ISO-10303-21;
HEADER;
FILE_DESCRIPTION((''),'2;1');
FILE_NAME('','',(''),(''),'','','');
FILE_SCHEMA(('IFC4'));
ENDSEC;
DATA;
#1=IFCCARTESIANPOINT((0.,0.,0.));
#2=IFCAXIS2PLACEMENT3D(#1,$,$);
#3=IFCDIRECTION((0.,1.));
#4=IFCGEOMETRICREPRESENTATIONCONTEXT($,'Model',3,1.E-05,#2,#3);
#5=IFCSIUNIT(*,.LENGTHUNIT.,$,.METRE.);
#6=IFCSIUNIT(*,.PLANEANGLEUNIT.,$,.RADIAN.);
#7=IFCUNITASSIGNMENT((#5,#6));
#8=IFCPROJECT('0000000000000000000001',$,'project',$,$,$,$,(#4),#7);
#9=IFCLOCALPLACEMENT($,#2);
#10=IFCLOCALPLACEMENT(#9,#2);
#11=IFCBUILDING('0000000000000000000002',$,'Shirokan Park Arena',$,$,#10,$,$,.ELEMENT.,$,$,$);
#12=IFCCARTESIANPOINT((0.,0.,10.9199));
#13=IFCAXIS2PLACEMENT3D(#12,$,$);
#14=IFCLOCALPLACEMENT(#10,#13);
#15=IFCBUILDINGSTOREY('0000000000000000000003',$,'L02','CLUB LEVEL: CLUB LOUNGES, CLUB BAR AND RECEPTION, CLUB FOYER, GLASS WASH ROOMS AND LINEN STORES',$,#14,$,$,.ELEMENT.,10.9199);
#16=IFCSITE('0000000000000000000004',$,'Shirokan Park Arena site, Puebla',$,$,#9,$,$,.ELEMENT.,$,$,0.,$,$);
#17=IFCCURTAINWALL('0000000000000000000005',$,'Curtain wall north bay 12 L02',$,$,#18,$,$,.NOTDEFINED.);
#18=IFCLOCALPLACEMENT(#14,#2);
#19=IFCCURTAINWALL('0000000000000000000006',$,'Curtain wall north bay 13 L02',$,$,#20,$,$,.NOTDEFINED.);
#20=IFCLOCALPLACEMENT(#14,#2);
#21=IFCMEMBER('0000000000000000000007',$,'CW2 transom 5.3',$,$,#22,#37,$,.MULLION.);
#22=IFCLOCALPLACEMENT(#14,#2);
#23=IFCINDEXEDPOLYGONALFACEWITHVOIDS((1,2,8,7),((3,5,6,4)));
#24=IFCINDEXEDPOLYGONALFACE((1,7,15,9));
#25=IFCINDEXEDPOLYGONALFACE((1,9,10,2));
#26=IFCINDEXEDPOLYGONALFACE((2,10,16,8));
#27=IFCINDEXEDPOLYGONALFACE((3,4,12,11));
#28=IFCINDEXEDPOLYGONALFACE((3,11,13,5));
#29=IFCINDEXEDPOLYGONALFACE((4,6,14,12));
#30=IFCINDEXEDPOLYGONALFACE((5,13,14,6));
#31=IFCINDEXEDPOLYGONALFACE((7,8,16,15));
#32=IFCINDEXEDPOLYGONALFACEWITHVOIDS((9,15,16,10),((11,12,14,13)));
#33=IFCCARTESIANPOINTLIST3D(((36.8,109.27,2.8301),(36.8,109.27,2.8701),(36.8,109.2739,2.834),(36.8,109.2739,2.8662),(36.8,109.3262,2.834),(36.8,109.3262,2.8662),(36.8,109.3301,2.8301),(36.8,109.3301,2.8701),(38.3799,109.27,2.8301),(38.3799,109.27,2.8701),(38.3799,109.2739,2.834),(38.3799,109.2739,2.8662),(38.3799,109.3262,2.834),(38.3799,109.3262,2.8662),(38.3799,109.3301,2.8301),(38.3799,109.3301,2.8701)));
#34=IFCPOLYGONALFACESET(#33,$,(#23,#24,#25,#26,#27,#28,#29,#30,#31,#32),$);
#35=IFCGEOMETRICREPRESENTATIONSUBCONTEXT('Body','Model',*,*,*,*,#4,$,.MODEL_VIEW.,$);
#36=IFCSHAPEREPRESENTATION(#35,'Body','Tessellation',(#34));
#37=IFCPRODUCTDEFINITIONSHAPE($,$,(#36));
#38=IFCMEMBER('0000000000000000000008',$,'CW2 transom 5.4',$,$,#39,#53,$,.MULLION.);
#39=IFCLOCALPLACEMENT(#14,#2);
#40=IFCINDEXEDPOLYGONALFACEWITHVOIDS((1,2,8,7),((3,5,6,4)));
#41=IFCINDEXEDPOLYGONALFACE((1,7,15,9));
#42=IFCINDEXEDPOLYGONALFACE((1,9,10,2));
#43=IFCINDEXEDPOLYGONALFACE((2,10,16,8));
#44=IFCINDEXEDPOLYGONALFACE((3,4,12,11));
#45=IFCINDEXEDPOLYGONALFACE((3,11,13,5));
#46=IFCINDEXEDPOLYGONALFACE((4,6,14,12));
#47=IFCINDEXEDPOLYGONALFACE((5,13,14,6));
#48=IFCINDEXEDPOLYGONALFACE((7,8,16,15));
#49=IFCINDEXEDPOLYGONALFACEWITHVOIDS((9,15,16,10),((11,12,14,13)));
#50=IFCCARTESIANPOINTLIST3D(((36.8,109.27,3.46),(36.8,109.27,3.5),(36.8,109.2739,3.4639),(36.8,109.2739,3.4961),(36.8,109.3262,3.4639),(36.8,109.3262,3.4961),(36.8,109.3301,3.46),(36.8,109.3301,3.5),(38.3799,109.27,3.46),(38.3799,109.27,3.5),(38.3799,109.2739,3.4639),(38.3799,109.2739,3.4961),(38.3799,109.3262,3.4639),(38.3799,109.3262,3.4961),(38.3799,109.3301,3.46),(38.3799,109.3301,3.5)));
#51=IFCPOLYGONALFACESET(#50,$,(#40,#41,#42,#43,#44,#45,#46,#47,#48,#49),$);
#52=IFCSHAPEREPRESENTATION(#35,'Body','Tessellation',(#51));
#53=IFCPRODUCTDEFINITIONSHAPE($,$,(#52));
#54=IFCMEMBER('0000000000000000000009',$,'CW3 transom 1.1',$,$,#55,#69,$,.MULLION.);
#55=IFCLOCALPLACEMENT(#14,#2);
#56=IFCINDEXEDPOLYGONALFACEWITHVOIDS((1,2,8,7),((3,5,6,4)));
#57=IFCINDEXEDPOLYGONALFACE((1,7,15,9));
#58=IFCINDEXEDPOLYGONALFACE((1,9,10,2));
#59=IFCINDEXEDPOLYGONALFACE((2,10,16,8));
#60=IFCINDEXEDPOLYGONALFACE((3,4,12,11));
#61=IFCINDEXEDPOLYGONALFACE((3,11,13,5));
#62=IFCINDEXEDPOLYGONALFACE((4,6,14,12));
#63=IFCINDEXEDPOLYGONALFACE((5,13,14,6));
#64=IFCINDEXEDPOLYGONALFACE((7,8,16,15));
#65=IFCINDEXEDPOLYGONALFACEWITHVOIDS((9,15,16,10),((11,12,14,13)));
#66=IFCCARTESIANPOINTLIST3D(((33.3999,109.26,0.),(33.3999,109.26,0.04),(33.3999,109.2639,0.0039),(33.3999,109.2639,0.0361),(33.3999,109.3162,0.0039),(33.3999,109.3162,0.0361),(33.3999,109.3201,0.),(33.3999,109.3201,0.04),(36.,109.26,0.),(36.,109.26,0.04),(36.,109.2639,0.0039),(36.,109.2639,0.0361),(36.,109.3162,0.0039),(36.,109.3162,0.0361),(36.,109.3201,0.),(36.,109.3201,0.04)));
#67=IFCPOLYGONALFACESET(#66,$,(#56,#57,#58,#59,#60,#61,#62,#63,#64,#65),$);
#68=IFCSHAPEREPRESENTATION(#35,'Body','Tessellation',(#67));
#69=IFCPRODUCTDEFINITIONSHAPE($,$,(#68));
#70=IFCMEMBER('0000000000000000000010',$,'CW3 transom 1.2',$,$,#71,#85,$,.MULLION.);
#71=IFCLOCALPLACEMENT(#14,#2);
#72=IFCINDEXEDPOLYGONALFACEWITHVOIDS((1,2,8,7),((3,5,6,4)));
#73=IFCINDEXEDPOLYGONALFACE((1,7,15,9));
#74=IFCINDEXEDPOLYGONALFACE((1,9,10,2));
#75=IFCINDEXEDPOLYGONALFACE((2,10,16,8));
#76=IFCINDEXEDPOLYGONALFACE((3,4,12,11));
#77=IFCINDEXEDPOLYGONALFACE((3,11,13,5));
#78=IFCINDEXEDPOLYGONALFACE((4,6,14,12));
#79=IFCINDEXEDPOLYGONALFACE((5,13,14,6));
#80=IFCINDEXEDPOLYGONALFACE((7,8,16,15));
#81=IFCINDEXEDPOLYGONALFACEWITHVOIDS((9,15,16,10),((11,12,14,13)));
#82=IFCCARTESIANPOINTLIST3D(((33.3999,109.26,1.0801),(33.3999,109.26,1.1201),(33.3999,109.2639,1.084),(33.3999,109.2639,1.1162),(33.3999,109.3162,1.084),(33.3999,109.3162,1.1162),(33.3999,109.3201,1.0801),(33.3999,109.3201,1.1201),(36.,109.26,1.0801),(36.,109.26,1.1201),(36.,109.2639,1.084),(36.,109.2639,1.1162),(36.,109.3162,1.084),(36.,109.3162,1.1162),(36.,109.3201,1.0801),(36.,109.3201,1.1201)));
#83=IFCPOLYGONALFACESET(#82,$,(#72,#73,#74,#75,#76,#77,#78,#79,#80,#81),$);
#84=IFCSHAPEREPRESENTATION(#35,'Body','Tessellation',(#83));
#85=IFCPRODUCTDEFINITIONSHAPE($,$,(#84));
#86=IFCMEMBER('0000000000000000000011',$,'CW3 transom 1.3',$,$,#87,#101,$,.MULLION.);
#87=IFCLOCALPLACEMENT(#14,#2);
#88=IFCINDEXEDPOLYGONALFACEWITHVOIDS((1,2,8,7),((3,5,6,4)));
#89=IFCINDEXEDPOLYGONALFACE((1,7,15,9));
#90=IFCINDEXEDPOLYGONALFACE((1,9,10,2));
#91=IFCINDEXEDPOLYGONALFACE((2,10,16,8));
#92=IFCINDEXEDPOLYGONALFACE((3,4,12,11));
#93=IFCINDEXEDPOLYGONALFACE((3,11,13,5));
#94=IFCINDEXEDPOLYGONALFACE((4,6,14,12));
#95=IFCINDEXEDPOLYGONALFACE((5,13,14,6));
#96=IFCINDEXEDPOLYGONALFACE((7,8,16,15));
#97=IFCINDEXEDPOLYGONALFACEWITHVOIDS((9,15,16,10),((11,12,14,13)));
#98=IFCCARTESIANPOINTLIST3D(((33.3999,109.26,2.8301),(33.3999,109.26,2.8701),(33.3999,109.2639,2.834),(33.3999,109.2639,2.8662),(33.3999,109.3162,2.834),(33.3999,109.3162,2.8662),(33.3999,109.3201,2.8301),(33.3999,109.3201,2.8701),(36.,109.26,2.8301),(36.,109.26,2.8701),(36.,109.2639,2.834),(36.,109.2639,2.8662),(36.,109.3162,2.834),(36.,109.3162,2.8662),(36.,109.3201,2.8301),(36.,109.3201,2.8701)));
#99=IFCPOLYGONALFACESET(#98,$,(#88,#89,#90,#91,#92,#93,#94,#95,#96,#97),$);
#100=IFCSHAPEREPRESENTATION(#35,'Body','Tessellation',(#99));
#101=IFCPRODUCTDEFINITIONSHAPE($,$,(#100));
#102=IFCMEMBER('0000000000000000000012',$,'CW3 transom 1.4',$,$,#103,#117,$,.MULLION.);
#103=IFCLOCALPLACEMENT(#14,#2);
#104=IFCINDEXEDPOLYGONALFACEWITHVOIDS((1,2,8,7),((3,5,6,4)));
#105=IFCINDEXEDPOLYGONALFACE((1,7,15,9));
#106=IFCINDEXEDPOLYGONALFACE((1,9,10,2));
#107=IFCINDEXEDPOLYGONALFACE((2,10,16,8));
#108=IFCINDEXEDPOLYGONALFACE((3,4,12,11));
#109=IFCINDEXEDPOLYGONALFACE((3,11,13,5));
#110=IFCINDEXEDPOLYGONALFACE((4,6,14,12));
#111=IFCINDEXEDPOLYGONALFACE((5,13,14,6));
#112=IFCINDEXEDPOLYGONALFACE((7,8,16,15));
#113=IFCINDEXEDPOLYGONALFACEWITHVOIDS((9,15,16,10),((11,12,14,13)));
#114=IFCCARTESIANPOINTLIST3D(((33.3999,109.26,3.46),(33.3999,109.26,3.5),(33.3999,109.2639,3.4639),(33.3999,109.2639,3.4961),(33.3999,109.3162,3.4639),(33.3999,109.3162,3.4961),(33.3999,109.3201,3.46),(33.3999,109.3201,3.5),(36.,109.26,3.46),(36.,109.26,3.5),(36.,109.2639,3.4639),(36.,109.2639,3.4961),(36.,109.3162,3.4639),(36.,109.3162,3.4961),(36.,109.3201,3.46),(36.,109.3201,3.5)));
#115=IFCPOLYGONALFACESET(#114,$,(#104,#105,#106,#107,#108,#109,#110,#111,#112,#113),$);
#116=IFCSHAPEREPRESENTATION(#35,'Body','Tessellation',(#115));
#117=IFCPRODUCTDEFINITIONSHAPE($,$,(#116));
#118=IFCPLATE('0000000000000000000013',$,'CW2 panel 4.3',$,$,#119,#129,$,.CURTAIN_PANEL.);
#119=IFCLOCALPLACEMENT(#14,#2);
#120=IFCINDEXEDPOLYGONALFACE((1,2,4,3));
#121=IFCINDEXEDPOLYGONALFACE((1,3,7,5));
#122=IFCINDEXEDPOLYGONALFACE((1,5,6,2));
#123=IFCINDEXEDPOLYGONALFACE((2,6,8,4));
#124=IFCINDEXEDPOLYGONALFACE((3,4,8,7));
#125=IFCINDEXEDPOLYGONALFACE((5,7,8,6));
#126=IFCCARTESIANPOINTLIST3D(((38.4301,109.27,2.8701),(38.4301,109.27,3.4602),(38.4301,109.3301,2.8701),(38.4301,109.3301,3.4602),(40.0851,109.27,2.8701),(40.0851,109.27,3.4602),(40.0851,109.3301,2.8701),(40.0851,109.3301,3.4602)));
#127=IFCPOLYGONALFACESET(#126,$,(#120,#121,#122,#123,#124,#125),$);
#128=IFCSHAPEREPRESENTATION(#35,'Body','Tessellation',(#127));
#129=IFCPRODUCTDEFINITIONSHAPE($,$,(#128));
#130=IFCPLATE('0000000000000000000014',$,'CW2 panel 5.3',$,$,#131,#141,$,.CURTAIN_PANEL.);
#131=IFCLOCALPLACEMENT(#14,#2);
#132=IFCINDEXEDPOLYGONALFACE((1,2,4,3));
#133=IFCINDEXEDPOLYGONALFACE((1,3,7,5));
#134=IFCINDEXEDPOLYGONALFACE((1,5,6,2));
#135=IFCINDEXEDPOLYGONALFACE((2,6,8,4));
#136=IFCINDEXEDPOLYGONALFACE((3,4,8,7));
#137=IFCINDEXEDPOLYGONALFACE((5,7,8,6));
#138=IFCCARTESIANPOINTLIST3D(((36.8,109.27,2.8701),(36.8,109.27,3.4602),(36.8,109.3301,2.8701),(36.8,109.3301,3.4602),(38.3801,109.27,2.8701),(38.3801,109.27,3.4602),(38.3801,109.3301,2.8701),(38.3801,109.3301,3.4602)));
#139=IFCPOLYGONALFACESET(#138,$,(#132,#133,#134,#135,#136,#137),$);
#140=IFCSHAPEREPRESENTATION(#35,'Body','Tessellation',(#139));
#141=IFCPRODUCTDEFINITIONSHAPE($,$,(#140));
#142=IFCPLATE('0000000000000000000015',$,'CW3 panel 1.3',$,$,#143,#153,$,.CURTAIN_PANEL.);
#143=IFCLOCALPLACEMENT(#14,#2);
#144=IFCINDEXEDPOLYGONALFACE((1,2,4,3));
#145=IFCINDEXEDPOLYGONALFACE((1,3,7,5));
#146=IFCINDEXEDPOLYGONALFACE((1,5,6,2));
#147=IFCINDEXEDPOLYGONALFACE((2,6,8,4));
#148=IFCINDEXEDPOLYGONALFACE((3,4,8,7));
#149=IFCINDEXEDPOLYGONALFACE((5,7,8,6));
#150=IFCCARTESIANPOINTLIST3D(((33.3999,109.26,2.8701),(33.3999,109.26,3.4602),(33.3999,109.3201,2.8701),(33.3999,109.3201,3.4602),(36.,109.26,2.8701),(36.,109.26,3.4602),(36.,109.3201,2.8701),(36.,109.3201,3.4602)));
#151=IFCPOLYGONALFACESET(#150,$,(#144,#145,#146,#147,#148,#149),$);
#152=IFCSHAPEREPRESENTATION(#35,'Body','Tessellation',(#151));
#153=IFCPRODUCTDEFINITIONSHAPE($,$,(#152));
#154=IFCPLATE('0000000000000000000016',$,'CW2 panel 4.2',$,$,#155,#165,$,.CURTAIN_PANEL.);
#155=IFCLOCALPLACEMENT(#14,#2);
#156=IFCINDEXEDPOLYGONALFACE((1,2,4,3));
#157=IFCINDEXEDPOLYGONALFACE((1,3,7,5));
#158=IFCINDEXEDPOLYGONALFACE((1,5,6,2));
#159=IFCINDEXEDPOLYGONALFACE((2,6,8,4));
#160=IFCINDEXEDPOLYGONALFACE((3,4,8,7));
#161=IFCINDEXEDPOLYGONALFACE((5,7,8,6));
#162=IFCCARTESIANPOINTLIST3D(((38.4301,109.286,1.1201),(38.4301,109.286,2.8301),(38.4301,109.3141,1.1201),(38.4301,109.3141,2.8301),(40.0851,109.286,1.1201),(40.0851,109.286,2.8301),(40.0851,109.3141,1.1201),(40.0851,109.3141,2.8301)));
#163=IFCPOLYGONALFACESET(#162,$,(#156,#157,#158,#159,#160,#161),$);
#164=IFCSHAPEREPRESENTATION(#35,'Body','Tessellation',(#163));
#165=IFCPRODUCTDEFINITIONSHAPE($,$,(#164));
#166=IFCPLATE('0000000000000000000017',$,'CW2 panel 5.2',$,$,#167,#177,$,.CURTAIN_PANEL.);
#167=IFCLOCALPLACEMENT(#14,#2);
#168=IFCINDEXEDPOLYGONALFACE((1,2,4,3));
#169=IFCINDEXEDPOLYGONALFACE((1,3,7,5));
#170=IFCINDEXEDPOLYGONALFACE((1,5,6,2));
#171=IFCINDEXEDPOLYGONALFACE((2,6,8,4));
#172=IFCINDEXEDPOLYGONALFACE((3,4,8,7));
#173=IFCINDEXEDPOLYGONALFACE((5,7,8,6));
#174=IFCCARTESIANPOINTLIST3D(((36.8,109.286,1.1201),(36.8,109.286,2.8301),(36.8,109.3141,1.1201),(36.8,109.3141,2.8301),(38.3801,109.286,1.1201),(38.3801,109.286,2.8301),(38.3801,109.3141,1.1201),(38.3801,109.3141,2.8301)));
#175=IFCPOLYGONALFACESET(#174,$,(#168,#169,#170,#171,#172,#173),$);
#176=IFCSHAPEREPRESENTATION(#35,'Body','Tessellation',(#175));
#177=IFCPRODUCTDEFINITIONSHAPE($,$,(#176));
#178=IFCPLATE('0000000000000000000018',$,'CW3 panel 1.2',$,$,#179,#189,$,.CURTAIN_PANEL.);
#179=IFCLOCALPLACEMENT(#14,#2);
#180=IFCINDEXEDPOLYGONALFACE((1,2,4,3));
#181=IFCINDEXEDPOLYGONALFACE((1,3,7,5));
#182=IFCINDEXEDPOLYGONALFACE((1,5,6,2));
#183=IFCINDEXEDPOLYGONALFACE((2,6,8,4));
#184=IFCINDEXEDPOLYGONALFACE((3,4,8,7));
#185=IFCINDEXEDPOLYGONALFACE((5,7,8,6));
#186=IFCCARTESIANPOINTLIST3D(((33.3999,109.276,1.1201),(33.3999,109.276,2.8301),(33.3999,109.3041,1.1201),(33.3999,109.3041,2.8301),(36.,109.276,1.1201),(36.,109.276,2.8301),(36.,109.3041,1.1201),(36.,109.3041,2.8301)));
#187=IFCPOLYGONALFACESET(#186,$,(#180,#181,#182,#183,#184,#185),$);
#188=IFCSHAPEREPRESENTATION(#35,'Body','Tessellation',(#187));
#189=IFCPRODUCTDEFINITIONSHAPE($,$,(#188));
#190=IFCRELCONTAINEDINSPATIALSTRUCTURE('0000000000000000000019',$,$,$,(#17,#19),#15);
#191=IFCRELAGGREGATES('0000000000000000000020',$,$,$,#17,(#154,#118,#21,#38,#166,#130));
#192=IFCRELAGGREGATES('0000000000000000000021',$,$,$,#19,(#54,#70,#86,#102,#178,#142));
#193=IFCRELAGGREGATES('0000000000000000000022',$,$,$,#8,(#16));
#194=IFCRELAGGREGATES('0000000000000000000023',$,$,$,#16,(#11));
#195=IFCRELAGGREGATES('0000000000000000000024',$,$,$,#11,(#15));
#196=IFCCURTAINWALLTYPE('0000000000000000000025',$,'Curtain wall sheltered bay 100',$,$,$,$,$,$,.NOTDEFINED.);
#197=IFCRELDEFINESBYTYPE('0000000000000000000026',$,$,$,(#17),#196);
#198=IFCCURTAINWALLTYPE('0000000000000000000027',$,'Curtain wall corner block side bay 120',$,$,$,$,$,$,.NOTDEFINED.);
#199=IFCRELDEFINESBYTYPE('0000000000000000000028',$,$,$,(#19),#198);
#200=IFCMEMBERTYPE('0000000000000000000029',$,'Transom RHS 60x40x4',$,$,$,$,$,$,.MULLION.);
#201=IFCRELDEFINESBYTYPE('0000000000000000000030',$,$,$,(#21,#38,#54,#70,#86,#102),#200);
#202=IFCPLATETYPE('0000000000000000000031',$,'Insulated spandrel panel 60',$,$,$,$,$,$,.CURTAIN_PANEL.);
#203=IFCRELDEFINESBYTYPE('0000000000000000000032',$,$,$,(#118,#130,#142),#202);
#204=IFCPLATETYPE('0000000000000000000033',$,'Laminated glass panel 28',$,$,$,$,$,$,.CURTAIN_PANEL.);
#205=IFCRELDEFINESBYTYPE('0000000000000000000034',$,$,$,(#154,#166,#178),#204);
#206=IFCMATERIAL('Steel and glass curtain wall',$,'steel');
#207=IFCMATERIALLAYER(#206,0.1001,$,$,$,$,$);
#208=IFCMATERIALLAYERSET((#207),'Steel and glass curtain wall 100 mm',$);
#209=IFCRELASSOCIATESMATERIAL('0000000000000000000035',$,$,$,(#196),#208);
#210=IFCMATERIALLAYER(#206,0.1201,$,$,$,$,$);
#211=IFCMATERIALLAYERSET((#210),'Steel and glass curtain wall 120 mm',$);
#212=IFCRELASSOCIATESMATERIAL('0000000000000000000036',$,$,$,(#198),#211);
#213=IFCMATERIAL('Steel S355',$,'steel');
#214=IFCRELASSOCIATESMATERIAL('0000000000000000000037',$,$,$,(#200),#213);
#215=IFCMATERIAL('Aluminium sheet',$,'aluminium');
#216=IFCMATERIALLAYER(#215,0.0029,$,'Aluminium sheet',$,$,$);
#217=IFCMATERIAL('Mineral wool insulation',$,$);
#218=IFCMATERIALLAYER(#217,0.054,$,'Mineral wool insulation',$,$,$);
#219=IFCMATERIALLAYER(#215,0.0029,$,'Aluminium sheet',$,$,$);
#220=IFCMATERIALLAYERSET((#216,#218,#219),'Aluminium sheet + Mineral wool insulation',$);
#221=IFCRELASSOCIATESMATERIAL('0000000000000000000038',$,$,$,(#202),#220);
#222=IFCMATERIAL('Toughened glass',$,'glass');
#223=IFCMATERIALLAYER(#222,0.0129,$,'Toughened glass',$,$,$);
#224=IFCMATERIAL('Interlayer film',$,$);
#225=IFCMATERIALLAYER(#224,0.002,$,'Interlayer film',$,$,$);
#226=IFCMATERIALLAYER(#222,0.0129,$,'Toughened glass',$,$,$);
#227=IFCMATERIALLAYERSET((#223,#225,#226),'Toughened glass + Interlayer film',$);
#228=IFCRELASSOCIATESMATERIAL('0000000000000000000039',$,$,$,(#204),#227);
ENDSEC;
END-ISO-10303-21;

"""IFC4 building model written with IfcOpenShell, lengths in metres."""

from ifc_helpers import new_model, si_unit, direction, frame, origin, origin_2d, place, context, subcontext, project, spatial, rectangle, hollow_rectangle, extrude, material, layer, layer_set, material_profile, profile_set, type_object, element, aggregate, save


model = new_model("IFC4")

# Units and contexts
model_context = context("Model", 3, precision=1e-05, world=origin(), true_north=direction((0.0, 1.0)))
body_context = subcontext(model_context, "Body", "Model", "MODEL_VIEW")
ifc_project = project(units=[si_unit("LENGTHUNIT", "METRE"), si_unit("PLANEANGLEUNIT", "RADIAN")], contexts=[model_context])

# Site, building, storey
site_placement = place(None, origin())
site = spatial("IfcSite", under=ifc_project, at=site_placement, Name="Shirokan Park Arena site, Puebla", CompositionType="ELEMENT", RefElevation=0.0)
building_placement = place(site_placement, origin())
building = spatial("IfcBuilding", under=site, at=building_placement, Name="Shirokan Park Arena", CompositionType="ELEMENT")
storey_placement = place(building_placement, frame((0.0, 0.0, 10.9199)))
storey = spatial("IfcBuildingStorey", under=building, at=storey_placement, Name="L02", Description="CLUB LEVEL: CLUB LOUNGES, CLUB BAR AND RECEPTION, CLUB FOYER, GLASS WASH ROOMS AND LINEN STORES", CompositionType="ELEMENT", Elevation=10.9199)

# Curtain walls
ifc_material_1 = material(Name="Steel and glass curtain wall", Category="steel")
ifc_layer_1 = layer(ifc_material_1, 0.1001)
ifc_layer_set_1 = layer_set([ifc_layer_1], Name="Steel and glass curtain wall 100 mm")
curtain_wall_type_1 = type_object("IfcCurtainWallType", Name="Curtain wall sheltered bay 100", PredefinedType="NOTDEFINED", material=ifc_layer_set_1)
curtain_wall_1_placement = place(storey_placement, origin())
curtain_wall_1 = element("IfcCurtainWall", 1, at=curtain_wall_1_placement, inside=storey, type_object=curtain_wall_type_1, Name="Curtain wall north bay 12 L02", PredefinedType="NOTDEFINED")
ifc_material_2 = material(Name="Steel S355", Category="steel")
ifc_layer_2 = layer(ifc_material_1, 0.1201)
ifc_layer_set_2 = layer_set([ifc_layer_2], Name="Steel and glass curtain wall 120 mm")
curtain_wall_type_2 = type_object("IfcCurtainWallType", Name="Curtain wall corner block side bay 120", PredefinedType="NOTDEFINED", material=ifc_layer_set_2)
curtain_wall_2_placement = place(storey_placement, origin())
curtain_wall_2 = element("IfcCurtainWall", 2, at=curtain_wall_2_placement, inside=storey, type_object=curtain_wall_type_2, Name="Curtain wall north bay 13 L02", PredefinedType="NOTDEFINED")

# Members
ifc_material_profile_1 = material_profile(ifc_material_2, hollow_rectangle(XDim=0.0601, YDim=0.04, WallThickness=0.0039, at=origin_2d()), Name="RHS 60x40x4")
ifc_profile_set_1 = profile_set([ifc_material_profile_1], Name="Steel S355")
member_type_1 = type_object("IfcMemberType", Name="Transom RHS 60x40x4", PredefinedType="MULLION", material=ifc_profile_set_1)
member_1_placement = place(storey_placement, frame((38.3799, 109.3, 2.8501), z_axis=(-1.0, 0.0, 0.0), x_axis=(0.0, -1.0, 0.0)))
member_1 = element("IfcMember", 3, at=member_1_placement, type_object=member_type_1, Name="CW2 transom 5.3", PredefinedType="MULLION", context=body_context, shape_type="SweptSolid", body=[
    extrude(hollow_rectangle(XDim=0.0601, YDim=0.04, WallThickness=0.0039, at=origin_2d()), origin(), (0.0, 0.0, 1.0), 1.5798),
])
member_2_placement = place(storey_placement, frame((38.3799, 109.3, 3.48), z_axis=(-1.0, 0.0, 0.0), x_axis=(0.0, -1.0, 0.0)))
member_2 = element("IfcMember", 4, at=member_2_placement, type_object=member_type_1, Name="CW2 transom 5.4", PredefinedType="MULLION", context=body_context, shape_type="SweptSolid", body=[
    extrude(hollow_rectangle(XDim=0.0601, YDim=0.04, WallThickness=0.0039, at=origin_2d()), origin(), (0.0, 0.0, 1.0), 1.5798),
])
member_3_placement = place(storey_placement, frame((36.0, 109.29, 0.02), z_axis=(-1.0, 0.0, 0.0), x_axis=(0.0, -1.0, 0.0)))
member_3 = element("IfcMember", 5, at=member_3_placement, type_object=member_type_1, Name="CW3 transom 1.1", PredefinedType="MULLION", context=body_context, shape_type="SweptSolid", body=[
    extrude(hollow_rectangle(XDim=0.0601, YDim=0.04, WallThickness=0.0039, at=origin_2d()), origin(), (0.0, 0.0, 1.0), 2.6001),
])
member_4_placement = place(storey_placement, frame((36.0, 109.29, 1.1001), z_axis=(-1.0, 0.0, 0.0), x_axis=(0.0, -1.0, 0.0)))
member_4 = element("IfcMember", 6, at=member_4_placement, type_object=member_type_1, Name="CW3 transom 1.2", PredefinedType="MULLION", context=body_context, shape_type="SweptSolid", body=[
    extrude(hollow_rectangle(XDim=0.0601, YDim=0.04, WallThickness=0.0039, at=origin_2d()), origin(), (0.0, 0.0, 1.0), 2.6001),
])
member_5_placement = place(storey_placement, frame((36.0, 109.29, 2.8501), z_axis=(-1.0, 0.0, 0.0), x_axis=(0.0, -1.0, 0.0)))
member_5 = element("IfcMember", 7, at=member_5_placement, type_object=member_type_1, Name="CW3 transom 1.3", PredefinedType="MULLION", context=body_context, shape_type="SweptSolid", body=[
    extrude(hollow_rectangle(XDim=0.0601, YDim=0.04, WallThickness=0.0039, at=origin_2d()), origin(), (0.0, 0.0, 1.0), 2.6001),
])
member_6_placement = place(storey_placement, frame((36.0, 109.29, 3.48), z_axis=(-1.0, 0.0, 0.0), x_axis=(0.0, -1.0, 0.0)))
member_6 = element("IfcMember", 8, at=member_6_placement, type_object=member_type_1, Name="CW3 transom 1.4", PredefinedType="MULLION", context=body_context, shape_type="SweptSolid", body=[
    extrude(hollow_rectangle(XDim=0.0601, YDim=0.04, WallThickness=0.0039, at=origin_2d()), origin(), (0.0, 0.0, 1.0), 2.6001),
])

# Plates
ifc_material_3 = material(Name="Aluminium sheet", Category="aluminium")
ifc_layer_3 = layer(ifc_material_3, 0.0029, Name="Aluminium sheet")
ifc_material_4 = material(Name="Mineral wool insulation")
ifc_layer_4 = layer(ifc_material_4, 0.054, Name="Mineral wool insulation")
ifc_layer_5 = layer(ifc_material_3, 0.0029, Name="Aluminium sheet")
ifc_layer_set_3 = layer_set([ifc_layer_3, ifc_layer_4, ifc_layer_5], Name="Aluminium sheet + Mineral wool insulation")
plate_type_1 = type_object("IfcPlateType", Name="Insulated spandrel panel 60", PredefinedType="CURTAIN_PANEL", material=ifc_layer_set_3)
plate_1_placement = place(storey_placement, frame((39.2576, 109.3, 2.8701), z_axis=(0.0, 0.0, 1.0), x_axis=(-1.0, 0.0, 0.0)))
plate_1 = element("IfcPlate", 9, at=plate_1_placement, type_object=plate_type_1, Name="CW2 panel 4.3", PredefinedType="CURTAIN_PANEL", context=body_context, shape_type="SweptSolid", body=[
    extrude(rectangle(XDim=1.655, YDim=0.0601, at=origin_2d()), origin(), (0.0, 0.0, 1.0), 0.5901),
])
plate_2_placement = place(storey_placement, frame((37.5901, 109.3, 2.8701), z_axis=(0.0, 0.0, 1.0), x_axis=(-1.0, 0.0, 0.0)))
plate_2 = element("IfcPlate", 10, at=plate_2_placement, type_object=plate_type_1, Name="CW2 panel 5.3", PredefinedType="CURTAIN_PANEL", context=body_context, shape_type="SweptSolid", body=[
    extrude(rectangle(XDim=1.5801, YDim=0.0601, at=origin_2d()), origin(), (0.0, 0.0, 1.0), 0.5901),
])
plate_3_placement = place(storey_placement, frame((34.7, 109.29, 2.8701), z_axis=(0.0, 0.0, 1.0), x_axis=(-1.0, 0.0, 0.0)))
plate_3 = element("IfcPlate", 11, at=plate_3_placement, type_object=plate_type_1, Name="CW3 panel 1.3", PredefinedType="CURTAIN_PANEL", context=body_context, shape_type="SweptSolid", body=[
    extrude(rectangle(XDim=2.6001, YDim=0.0601, at=origin_2d()), origin(), (0.0, 0.0, 1.0), 0.5901),
])
ifc_material_5 = material(Name="Toughened glass", Category="glass")
ifc_layer_6 = layer(ifc_material_5, 0.0129, Name="Toughened glass")
ifc_material_6 = material(Name="Interlayer film")
ifc_layer_7 = layer(ifc_material_6, 0.002, Name="Interlayer film")
ifc_layer_8 = layer(ifc_material_5, 0.0129, Name="Toughened glass")
ifc_layer_set_4 = layer_set([ifc_layer_6, ifc_layer_7, ifc_layer_8], Name="Toughened glass + Interlayer film")
plate_type_2 = type_object("IfcPlateType", Name="Laminated glass panel 28", PredefinedType="CURTAIN_PANEL", material=ifc_layer_set_4)
plate_4_placement = place(storey_placement, frame((39.2576, 109.3, 1.1201), z_axis=(0.0, 0.0, 1.0), x_axis=(-1.0, 0.0, 0.0)))
plate_4 = element("IfcPlate", 12, at=plate_4_placement, type_object=plate_type_2, Name="CW2 panel 4.2", PredefinedType="CURTAIN_PANEL", context=body_context, shape_type="SweptSolid", body=[
    extrude(rectangle(XDim=1.655, YDim=0.0281, at=origin_2d()), origin(), (0.0, 0.0, 1.0), 1.71),
])
plate_5_placement = place(storey_placement, frame((37.5901, 109.3, 1.1201), z_axis=(0.0, 0.0, 1.0), x_axis=(-1.0, 0.0, 0.0)))
plate_5 = element("IfcPlate", 13, at=plate_5_placement, type_object=plate_type_2, Name="CW2 panel 5.2", PredefinedType="CURTAIN_PANEL", context=body_context, shape_type="SweptSolid", body=[
    extrude(rectangle(XDim=1.5801, YDim=0.0281, at=origin_2d()), origin(), (0.0, 0.0, 1.0), 1.71),
])
plate_6_placement = place(storey_placement, frame((34.7, 109.29, 1.1201), z_axis=(0.0, 0.0, 1.0), x_axis=(-1.0, 0.0, 0.0)))
plate_6 = element("IfcPlate", 14, at=plate_6_placement, type_object=plate_type_2, Name="CW3 panel 1.2", PredefinedType="CURTAIN_PANEL", context=body_context, shape_type="SweptSolid", body=[
    extrude(rectangle(XDim=2.6001, YDim=0.0281, at=origin_2d()), origin(), (0.0, 0.0, 1.0), 1.71),
])
aggregate(curtain_wall_1, [plate_4, plate_1, member_1, member_2, plate_5, plate_2])
aggregate(curtain_wall_2, [member_3, member_4, member_5, member_6, plate_6, plate_3])

save(model, "model.ifc")
